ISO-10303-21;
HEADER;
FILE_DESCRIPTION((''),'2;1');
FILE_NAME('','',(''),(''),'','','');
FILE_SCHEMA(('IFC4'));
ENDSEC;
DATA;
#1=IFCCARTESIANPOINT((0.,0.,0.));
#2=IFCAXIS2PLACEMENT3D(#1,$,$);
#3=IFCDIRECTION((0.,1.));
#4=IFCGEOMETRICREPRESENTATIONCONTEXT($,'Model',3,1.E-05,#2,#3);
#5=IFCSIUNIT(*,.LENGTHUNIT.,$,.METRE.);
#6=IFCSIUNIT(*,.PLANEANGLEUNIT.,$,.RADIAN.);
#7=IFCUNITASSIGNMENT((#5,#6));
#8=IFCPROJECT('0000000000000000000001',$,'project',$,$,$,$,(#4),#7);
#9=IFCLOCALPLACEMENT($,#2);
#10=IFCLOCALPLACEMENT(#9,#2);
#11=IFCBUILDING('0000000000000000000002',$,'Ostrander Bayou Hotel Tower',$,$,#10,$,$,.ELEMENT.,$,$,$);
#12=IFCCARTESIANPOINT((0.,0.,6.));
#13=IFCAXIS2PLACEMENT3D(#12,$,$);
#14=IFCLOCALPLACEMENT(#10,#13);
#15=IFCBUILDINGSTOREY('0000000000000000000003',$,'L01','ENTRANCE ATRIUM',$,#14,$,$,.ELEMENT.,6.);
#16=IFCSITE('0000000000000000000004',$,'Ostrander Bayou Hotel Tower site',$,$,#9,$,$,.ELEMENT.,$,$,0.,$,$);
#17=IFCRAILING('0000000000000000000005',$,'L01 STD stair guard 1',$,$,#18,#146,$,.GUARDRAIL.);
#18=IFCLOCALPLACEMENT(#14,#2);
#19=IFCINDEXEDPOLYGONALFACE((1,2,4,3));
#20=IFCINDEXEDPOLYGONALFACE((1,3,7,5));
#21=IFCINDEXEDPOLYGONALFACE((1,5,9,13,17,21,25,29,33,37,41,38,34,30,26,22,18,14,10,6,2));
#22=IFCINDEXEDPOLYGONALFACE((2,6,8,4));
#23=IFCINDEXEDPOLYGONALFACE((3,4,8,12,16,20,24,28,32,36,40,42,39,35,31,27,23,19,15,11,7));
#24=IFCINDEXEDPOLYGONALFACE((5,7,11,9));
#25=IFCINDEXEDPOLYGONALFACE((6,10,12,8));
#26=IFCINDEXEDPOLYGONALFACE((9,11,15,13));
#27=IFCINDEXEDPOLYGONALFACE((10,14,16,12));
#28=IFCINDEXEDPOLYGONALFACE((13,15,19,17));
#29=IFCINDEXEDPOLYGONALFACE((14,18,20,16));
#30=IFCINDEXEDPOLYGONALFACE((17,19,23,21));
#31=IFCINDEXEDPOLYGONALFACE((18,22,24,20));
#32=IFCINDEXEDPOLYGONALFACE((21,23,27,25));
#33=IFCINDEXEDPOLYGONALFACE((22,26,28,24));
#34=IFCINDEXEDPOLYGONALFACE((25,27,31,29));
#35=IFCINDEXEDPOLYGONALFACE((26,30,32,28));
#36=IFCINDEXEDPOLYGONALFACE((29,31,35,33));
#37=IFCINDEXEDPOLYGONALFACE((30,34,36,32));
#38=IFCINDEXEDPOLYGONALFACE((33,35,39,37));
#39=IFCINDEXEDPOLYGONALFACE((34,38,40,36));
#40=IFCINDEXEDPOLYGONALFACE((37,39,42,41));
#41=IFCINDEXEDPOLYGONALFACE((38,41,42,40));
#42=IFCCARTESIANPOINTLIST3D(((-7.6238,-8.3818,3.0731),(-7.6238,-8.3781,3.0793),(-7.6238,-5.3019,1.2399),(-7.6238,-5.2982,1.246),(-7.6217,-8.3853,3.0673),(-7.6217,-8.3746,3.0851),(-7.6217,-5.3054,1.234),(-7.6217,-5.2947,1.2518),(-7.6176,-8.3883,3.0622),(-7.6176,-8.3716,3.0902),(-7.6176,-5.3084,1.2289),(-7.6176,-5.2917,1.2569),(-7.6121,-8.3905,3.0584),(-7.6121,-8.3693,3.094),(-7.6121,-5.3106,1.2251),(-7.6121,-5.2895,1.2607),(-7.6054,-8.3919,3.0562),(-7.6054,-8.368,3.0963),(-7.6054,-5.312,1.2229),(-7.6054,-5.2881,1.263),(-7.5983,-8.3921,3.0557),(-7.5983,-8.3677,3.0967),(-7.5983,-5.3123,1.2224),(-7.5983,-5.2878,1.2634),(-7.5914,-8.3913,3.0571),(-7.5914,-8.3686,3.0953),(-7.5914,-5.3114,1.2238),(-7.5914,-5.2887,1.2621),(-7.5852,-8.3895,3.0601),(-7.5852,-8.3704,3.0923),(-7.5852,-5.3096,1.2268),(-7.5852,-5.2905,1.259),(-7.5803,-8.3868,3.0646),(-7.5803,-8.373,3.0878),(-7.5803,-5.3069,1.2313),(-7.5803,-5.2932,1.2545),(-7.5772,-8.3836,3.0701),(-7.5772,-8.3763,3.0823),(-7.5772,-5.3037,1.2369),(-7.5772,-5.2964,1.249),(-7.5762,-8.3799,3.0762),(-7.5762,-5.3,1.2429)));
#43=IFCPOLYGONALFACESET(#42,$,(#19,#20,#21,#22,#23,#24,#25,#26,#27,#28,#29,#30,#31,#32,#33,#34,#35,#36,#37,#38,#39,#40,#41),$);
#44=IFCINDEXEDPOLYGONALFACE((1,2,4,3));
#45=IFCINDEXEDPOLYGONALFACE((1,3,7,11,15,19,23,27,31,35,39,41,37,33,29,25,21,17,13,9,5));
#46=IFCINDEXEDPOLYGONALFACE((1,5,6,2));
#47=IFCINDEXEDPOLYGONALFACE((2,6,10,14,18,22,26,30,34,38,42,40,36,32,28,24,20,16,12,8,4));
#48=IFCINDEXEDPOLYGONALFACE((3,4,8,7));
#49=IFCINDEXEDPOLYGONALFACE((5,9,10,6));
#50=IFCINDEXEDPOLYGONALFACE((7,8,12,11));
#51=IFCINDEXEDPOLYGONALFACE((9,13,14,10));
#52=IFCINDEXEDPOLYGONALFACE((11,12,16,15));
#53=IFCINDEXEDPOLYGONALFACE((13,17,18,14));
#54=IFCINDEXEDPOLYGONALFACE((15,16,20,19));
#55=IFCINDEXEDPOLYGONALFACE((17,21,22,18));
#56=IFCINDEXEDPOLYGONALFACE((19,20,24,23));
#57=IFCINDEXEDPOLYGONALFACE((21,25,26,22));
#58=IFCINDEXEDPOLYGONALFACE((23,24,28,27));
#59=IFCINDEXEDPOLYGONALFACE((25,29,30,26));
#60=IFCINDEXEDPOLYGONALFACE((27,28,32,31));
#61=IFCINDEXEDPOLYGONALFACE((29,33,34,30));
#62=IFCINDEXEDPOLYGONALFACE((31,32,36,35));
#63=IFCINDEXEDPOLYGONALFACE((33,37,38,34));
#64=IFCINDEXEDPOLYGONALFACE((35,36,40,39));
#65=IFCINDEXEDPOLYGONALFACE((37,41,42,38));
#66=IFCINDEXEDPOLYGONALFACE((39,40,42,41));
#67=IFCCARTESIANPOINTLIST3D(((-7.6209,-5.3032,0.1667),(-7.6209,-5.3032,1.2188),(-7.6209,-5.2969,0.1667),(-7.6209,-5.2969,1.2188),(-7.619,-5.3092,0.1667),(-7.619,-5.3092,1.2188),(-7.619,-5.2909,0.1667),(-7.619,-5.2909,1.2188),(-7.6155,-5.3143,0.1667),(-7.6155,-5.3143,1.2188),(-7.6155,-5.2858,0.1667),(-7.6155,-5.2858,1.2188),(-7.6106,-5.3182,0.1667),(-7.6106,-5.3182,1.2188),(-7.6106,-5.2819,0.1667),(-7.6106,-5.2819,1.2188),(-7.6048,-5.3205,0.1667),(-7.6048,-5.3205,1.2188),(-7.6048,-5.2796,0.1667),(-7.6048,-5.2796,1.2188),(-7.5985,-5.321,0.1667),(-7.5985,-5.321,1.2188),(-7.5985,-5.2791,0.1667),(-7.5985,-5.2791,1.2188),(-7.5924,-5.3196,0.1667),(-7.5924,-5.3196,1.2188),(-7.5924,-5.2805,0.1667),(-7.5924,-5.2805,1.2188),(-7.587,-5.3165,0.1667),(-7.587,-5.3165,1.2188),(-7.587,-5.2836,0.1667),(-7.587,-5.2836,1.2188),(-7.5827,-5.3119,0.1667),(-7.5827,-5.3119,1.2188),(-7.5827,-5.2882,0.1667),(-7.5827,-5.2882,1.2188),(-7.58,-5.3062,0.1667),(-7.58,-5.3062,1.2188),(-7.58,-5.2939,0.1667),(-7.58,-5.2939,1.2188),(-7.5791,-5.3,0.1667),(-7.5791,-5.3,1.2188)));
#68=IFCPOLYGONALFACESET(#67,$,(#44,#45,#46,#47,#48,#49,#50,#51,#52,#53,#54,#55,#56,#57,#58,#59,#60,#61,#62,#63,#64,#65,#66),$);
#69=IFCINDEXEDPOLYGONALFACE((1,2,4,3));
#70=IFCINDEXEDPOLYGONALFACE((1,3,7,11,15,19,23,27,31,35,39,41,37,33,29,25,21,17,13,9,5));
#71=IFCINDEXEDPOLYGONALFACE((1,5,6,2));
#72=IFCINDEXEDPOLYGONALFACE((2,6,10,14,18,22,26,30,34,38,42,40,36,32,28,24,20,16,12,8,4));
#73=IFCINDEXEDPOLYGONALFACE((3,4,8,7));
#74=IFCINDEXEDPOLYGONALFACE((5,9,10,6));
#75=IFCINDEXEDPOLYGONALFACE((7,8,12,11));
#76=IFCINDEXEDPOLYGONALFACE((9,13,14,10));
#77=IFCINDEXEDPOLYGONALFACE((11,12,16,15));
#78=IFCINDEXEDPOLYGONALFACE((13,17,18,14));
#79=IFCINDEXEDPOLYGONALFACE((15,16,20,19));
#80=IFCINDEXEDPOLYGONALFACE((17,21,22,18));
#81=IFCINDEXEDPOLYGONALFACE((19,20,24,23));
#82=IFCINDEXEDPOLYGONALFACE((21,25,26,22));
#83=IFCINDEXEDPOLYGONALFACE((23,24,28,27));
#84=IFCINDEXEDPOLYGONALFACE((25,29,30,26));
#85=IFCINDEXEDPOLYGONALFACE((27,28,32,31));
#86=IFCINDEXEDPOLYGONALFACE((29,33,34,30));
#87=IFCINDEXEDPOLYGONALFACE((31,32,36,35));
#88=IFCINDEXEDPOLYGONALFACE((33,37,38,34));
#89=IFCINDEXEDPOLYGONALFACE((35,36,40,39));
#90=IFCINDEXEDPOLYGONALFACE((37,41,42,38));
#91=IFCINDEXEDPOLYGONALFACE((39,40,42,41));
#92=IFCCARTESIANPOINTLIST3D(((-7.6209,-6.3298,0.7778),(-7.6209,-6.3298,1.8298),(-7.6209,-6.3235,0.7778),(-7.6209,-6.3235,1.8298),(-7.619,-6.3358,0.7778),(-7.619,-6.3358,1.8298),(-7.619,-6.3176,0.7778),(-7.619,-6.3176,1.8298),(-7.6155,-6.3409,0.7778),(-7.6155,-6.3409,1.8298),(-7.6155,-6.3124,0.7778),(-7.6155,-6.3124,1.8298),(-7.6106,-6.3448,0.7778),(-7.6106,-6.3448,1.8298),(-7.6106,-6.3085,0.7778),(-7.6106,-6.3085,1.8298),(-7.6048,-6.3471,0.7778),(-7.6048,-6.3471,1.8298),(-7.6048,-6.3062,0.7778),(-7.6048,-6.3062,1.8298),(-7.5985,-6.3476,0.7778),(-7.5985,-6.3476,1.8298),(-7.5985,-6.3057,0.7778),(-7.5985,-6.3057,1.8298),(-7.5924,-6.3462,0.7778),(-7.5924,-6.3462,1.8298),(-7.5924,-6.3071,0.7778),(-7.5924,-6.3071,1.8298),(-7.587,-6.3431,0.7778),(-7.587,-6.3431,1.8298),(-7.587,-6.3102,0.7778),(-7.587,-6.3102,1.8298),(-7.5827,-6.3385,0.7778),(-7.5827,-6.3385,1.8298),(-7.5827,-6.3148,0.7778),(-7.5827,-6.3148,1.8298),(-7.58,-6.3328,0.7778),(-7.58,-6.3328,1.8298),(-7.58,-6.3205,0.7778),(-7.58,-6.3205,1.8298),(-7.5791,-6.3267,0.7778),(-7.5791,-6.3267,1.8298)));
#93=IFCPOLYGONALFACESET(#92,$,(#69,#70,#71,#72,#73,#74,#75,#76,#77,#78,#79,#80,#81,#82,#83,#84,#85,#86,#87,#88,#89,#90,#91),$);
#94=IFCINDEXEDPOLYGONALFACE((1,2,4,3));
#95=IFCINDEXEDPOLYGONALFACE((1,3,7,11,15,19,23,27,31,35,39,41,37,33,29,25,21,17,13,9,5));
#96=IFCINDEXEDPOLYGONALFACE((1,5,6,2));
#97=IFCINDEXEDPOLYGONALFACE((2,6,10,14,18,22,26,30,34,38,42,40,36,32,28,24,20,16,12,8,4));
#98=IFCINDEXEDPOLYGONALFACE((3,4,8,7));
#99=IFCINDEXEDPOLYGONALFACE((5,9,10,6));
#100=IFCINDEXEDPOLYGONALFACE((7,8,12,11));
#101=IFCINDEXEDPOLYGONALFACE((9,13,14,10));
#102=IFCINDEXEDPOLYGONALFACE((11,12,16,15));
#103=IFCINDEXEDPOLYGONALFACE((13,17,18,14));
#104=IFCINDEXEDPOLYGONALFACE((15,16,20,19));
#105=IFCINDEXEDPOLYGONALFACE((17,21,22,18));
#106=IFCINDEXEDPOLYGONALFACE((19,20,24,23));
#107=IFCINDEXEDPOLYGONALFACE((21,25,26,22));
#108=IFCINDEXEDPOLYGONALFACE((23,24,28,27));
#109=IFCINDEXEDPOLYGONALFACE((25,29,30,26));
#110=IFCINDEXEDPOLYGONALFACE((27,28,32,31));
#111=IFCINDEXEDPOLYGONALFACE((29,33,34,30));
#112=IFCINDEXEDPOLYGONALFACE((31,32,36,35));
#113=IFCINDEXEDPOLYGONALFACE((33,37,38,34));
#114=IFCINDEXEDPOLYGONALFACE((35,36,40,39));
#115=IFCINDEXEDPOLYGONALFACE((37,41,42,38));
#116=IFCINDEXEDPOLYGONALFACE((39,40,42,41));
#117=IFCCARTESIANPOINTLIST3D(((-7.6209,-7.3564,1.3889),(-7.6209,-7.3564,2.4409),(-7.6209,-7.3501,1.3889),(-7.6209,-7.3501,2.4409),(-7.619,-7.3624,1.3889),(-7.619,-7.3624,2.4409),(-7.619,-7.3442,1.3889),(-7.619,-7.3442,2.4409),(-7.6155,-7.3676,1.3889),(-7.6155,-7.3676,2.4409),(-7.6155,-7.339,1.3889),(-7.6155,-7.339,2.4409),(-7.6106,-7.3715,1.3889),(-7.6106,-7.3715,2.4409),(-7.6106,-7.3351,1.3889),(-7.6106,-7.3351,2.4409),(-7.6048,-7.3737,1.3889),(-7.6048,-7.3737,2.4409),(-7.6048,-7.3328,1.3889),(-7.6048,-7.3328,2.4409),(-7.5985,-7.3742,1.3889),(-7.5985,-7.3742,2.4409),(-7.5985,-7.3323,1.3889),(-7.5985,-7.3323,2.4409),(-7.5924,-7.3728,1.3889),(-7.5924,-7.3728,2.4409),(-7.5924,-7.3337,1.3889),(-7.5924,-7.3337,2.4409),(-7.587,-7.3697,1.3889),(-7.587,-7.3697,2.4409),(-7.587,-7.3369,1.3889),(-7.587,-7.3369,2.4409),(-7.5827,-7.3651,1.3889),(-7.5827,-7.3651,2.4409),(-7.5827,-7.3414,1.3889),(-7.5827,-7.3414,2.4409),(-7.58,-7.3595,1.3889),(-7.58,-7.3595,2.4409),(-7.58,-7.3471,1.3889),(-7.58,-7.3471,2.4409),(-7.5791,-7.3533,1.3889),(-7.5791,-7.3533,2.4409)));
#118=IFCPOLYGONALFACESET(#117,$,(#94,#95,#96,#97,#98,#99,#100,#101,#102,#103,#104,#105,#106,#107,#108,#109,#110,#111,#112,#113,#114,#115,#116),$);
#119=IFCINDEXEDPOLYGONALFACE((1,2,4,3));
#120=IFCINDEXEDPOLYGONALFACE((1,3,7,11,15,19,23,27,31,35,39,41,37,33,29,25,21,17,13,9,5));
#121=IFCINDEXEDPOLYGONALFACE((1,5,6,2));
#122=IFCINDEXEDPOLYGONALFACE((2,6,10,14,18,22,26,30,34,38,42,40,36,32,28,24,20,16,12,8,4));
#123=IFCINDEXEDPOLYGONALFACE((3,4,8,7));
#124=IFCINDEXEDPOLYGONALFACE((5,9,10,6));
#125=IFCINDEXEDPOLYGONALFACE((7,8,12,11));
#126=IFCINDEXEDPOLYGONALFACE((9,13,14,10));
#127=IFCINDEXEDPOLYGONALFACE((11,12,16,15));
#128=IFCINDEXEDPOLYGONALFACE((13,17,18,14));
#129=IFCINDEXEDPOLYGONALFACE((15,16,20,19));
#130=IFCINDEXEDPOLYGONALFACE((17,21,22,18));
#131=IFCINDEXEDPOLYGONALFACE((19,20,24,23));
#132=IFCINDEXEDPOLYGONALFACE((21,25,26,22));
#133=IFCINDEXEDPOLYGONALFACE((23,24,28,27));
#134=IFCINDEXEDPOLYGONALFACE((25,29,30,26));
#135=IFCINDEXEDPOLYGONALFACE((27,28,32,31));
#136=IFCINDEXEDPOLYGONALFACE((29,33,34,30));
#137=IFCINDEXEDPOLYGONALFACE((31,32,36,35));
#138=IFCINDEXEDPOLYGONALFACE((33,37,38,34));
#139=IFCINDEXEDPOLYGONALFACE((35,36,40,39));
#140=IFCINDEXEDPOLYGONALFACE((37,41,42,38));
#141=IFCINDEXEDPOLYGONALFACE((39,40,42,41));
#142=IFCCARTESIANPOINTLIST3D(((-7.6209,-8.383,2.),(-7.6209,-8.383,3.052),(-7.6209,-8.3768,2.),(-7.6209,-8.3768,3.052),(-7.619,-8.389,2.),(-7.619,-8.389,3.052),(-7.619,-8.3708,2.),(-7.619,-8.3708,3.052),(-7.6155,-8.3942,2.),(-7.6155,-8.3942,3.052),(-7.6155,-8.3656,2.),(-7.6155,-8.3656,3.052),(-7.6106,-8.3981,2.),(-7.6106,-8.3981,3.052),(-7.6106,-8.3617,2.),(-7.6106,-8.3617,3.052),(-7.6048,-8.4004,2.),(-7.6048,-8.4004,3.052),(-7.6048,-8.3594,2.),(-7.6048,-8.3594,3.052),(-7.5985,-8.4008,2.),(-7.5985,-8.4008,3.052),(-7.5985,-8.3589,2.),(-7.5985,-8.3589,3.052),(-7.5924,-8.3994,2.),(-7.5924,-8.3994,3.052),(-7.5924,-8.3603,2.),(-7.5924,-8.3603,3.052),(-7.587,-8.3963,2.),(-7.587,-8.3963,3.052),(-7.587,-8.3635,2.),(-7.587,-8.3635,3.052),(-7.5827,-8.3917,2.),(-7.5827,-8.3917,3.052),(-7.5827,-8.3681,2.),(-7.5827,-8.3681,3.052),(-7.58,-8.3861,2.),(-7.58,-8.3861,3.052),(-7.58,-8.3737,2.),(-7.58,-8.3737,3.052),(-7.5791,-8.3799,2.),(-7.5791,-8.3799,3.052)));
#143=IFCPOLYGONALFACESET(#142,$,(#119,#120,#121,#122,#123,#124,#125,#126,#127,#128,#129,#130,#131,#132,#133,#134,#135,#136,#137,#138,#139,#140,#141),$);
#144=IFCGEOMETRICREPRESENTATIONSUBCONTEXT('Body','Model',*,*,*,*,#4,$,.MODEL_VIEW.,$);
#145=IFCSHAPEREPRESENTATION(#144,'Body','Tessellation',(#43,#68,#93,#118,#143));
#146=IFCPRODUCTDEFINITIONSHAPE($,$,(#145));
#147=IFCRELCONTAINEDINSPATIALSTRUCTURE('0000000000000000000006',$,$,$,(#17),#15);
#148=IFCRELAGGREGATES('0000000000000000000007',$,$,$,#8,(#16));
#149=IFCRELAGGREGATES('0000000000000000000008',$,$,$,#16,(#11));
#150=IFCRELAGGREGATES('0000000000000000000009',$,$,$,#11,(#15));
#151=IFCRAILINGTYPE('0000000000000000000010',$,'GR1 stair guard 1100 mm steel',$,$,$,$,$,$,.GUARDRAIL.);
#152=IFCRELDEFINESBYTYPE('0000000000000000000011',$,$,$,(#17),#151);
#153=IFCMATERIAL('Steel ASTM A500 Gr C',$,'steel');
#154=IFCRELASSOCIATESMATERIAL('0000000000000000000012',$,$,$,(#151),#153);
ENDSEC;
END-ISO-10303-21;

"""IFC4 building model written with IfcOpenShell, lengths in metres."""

from ifc_helpers import new_model, si_unit, direction, frame, origin, origin_2d, place, context, subcontext, project, spatial, circle, extrude, material, type_object, element, save


model = new_model("IFC4")

# Units and contexts
model_context = context("Model", 3, precision=1e-05, world=origin(), true_north=direction((0.0, 1.0)))
body_context = subcontext(model_context, "Body", "Model", "MODEL_VIEW")
ifc_project = project(units=[si_unit("LENGTHUNIT", "METRE"), si_unit("PLANEANGLEUNIT", "RADIAN")], contexts=[model_context])

# Site, building, storey
site_placement = place(None, origin())
site = spatial("IfcSite", under=ifc_project, at=site_placement, Name="Ostrander Bayou Hotel Tower site", CompositionType="ELEMENT", RefElevation=0.0)
building_placement = place(site_placement, origin())
building = spatial("IfcBuilding", under=site, at=building_placement, Name="Ostrander Bayou Hotel Tower", CompositionType="ELEMENT")
storey_placement = place(building_placement, frame((0.0, 0.0, 6.0)))
storey = spatial("IfcBuildingStorey", under=building, at=storey_placement, Name="L01", Description="ENTRANCE ATRIUM", CompositionType="ELEMENT", Elevation=6.0)

# Railing
ifc_material_1 = material(Name="Steel ASTM A500 Gr C", Category="steel")
railing_type_1 = type_object("IfcRailingType", Name="GR1 stair guard 1100 mm steel", PredefinedType="GUARDRAIL", material=ifc_material_1)
railing_1_placement = place(storey_placement, frame((-7.6001, -5.3, 0.1667)))
element("IfcRailing", 1, at=railing_1_placement, inside=storey, type_object=railing_type_1, Name="L01 STD stair guard 1", PredefinedType="GUARDRAIL", context=body_context, shape_type="SweptSolid", body=[
    extrude(circle(Radius=0.0239, at=origin_2d()), frame((0.0, 0.0, 1.0762), z_axis=(0.0, -0.859291, 0.511487), x_axis=(1.0, 0.0, 0.0)), (0.0, 0.0, 1.0), 3.5842),
    extrude(circle(Radius=0.021, at=origin_2d()), origin(), (0.0, 0.0, 1.0), 1.052),
    extrude(circle(Radius=0.021, at=origin_2d()), frame((0.0, -1.0266, 0.6111)), (0.0, 0.0, 1.0), 1.052),
    extrude(circle(Radius=0.021, at=origin_2d()), frame((0.0, -2.0532, 1.2222)), (0.0, 0.0, 1.0), 1.052),
    extrude(circle(Radius=0.021, at=origin_2d()), frame((0.0, -3.0798, 1.8333)), (0.0, 0.0, 1.0), 1.052),
])

save(model, "model.ifc")
